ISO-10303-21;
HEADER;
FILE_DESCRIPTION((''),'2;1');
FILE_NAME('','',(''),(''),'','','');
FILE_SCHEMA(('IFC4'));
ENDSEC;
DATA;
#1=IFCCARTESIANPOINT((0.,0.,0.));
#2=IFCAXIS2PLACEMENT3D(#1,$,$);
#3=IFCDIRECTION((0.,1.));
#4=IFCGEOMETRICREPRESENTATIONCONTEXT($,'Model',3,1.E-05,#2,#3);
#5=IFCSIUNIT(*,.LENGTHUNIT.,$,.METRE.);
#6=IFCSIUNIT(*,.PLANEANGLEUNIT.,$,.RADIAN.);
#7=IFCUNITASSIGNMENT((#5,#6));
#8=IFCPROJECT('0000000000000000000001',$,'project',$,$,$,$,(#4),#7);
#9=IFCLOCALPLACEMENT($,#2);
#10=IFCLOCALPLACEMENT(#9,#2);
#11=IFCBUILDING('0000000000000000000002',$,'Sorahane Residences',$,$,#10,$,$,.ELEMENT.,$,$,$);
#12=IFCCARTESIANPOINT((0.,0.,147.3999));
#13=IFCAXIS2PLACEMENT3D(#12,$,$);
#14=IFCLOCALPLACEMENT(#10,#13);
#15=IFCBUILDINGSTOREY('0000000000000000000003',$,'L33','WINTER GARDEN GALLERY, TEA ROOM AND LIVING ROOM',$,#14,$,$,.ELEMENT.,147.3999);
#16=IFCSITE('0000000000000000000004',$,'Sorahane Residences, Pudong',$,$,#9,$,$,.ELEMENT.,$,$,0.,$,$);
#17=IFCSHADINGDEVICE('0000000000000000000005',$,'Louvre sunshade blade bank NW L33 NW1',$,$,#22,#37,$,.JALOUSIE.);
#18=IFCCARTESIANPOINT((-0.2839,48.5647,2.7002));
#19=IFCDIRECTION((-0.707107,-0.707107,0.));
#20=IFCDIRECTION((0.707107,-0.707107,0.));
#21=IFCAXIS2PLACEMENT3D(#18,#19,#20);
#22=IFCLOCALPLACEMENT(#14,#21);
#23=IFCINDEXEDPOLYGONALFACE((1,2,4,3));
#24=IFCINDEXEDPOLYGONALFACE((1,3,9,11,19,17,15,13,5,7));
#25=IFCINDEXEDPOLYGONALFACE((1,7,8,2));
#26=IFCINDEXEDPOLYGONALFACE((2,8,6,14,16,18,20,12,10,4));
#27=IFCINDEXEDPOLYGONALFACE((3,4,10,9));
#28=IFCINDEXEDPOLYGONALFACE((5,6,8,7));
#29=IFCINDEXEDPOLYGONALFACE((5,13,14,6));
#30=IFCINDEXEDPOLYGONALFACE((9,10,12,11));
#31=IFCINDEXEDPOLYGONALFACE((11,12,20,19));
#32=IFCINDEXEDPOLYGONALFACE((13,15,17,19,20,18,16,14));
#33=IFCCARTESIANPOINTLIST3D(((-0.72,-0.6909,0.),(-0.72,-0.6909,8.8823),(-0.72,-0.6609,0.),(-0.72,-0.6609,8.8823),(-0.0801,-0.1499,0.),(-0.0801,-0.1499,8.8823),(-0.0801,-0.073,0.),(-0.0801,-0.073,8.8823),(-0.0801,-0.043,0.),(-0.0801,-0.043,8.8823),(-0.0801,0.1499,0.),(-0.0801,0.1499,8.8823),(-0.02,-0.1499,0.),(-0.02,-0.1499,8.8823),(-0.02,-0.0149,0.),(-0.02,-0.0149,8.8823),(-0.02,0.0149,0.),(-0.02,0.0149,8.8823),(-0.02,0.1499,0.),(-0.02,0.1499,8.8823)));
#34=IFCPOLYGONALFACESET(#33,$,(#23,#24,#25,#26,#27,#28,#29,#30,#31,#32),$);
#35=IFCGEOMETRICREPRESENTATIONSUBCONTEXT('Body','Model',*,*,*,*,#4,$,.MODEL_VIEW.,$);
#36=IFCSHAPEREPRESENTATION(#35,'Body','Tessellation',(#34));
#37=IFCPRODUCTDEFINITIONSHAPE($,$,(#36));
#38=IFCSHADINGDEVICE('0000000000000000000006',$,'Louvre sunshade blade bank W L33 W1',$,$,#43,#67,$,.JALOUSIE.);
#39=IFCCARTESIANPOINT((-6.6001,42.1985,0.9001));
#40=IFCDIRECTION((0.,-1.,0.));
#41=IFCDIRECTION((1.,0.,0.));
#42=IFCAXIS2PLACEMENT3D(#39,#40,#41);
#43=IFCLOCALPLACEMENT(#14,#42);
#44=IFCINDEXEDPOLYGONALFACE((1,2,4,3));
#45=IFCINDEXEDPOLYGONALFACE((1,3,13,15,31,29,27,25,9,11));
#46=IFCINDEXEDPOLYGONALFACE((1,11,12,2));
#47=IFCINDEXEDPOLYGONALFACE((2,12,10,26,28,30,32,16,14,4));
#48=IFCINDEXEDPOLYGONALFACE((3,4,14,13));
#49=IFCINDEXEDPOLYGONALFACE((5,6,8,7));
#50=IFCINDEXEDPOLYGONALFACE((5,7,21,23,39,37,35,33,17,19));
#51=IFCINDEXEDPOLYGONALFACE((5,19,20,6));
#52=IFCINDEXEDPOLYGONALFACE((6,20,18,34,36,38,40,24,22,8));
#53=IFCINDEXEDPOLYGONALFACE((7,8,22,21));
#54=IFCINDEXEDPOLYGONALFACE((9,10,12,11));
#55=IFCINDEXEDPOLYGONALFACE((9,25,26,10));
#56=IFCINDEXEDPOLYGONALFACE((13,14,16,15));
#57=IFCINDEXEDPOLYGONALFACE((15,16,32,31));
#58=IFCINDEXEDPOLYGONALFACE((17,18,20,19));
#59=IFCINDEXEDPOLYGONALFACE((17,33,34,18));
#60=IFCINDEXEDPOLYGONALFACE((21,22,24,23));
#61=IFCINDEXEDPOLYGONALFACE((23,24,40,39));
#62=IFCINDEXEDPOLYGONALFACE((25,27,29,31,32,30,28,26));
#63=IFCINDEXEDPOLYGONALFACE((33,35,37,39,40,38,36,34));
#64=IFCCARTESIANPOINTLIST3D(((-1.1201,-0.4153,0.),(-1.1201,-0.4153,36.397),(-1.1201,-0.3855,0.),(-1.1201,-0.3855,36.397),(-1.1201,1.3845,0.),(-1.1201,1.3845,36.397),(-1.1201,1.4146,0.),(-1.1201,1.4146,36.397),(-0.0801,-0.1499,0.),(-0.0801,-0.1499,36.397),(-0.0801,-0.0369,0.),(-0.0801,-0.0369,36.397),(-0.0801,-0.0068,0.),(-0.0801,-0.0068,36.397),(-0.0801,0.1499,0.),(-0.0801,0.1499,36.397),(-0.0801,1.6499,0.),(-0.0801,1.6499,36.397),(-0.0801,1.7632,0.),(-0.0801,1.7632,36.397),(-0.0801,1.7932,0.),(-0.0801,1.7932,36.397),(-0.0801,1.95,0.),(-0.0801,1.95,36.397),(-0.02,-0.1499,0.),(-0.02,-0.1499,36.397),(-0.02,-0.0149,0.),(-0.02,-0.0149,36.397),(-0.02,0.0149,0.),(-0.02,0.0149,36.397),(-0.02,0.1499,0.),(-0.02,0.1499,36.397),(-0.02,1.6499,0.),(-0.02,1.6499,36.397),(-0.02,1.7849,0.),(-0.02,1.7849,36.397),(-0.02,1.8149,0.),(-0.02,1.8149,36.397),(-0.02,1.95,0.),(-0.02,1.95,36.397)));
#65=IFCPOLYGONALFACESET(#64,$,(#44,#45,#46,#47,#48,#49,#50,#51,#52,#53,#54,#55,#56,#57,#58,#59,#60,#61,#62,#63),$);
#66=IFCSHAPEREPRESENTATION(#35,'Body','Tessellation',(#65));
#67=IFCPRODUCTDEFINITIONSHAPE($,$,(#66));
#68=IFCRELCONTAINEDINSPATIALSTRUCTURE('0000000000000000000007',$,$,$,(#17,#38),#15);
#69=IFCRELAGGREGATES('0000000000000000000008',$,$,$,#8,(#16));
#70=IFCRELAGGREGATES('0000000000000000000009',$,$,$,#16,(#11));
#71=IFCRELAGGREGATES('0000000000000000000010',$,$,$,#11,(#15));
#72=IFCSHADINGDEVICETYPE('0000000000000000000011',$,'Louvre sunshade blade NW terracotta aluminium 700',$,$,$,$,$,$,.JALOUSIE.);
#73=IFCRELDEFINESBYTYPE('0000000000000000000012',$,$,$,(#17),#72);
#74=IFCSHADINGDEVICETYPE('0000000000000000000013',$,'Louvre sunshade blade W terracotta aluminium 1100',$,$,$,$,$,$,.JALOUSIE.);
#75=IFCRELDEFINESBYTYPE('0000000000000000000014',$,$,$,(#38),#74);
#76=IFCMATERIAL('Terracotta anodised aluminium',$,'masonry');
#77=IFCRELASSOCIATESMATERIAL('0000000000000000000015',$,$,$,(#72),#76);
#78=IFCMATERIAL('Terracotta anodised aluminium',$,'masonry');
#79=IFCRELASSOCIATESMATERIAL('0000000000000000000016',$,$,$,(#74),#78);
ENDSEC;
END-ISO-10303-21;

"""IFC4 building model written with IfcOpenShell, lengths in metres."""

from ifc_helpers import new_model, si_unit, direction, frame, origin, place, context, subcontext, project, spatial, polyline, outline, composite_profile, extrude, material, type_object, element, save


model = new_model("IFC4")

# Units and contexts
model_context = context("Model", 3, precision=1e-05, world=origin(), true_north=direction((0.0, 1.0)))
body_context = subcontext(model_context, "Body", "Model", "MODEL_VIEW")
ifc_project = project(units=[si_unit("LENGTHUNIT", "METRE"), si_unit("PLANEANGLEUNIT", "RADIAN")], contexts=[model_context])

# Site, building, storey
site_placement = place(None, origin())
site = spatial("IfcSite", under=ifc_project, at=site_placement, Name="Sorahane Residences, Pudong", CompositionType="ELEMENT", RefElevation=0.0)
building_placement = place(site_placement, origin())
building = spatial("IfcBuilding", under=site, at=building_placement, Name="Sorahane Residences", CompositionType="ELEMENT")
storey_placement = place(building_placement, frame((0.0, 0.0, 147.3999)))
storey = spatial("IfcBuildingStorey", under=building, at=storey_placement, Name="L33", Description="WINTER GARDEN GALLERY, TEA ROOM AND LIVING ROOM", CompositionType="ELEMENT", Elevation=147.3999)

# Shading devices
ifc_material_1 = material(Name="Terracotta anodised aluminium", Category="masonry")
shading_device_type_1 = type_object("IfcShadingDeviceType", Name="Louvre sunshade blade NW terracotta aluminium 700", PredefinedType="JALOUSIE", material=ifc_material_1)
shading_device_1_placement = place(storey_placement, frame((-0.2839, 48.5647, 2.7002), z_axis=(-0.707107, -0.707107, 0.0), x_axis=(0.707107, -0.707107, 0.0)))
element("IfcShadingDevice", 1, at=shading_device_1_placement, inside=storey, type_object=shading_device_type_1, Name="Louvre sunshade blade bank NW L33 NW1", PredefinedType="JALOUSIE", context=body_context, shape_type="SweptSolid", body=[
    extrude(outline(polyline([(-0.72, -0.6609), (-0.72, -0.6909), (-0.0801, -0.073), (-0.0801, -0.1499), (-0.02, -0.1499), (-0.02, -0.0149), (-0.02, 0.0149), (-0.02, 0.1499), (-0.0801, 0.1499), (-0.0801, -0.043), (-0.72, -0.6609)])), origin(), (0.0, 0.0, 1.0), 8.8823),
])
ifc_material_2 = material(Name="Terracotta anodised aluminium", Category="masonry")
shading_device_type_2 = type_object("IfcShadingDeviceType", Name="Louvre sunshade blade W terracotta aluminium 1100", PredefinedType="JALOUSIE", material=ifc_material_2)
shading_device_2_placement = place(storey_placement, frame((-6.6001, 42.1985, 0.9001), z_axis=(0.0, -1.0, 0.0), x_axis=(1.0, 0.0, 0.0)))
element("IfcShadingDevice", 2, at=shading_device_2_placement, inside=storey, type_object=shading_device_type_2, Name="Louvre sunshade blade bank W L33 W1", PredefinedType="JALOUSIE", context=body_context, shape_type="SweptSolid", body=[
    extrude(composite_profile([outline(polyline([(-1.1201, -0.3855), (-1.1201, -0.4153), (-0.0801, -0.0369), (-0.0801, -0.1499), (-0.02, -0.1499), (-0.02, -0.0149), (-0.02, 0.0149), (-0.02, 0.1499), (-0.0801, 0.1499), (-0.0801, -0.0068), (-1.1201, -0.3855)])), outline(polyline([(-1.1201, 1.4146), (-1.1201, 1.3845), (-0.0801, 1.7632), (-0.0801, 1.6499), (-0.02, 1.6499), (-0.02, 1.7849), (-0.02, 1.8149), (-0.02, 1.95), (-0.0801, 1.95), (-0.0801, 1.7932), (-1.1201, 1.4146)]))]), origin(), (0.0, 0.0, 1.0), 36.397),
])

save(model, "model.ifc")
